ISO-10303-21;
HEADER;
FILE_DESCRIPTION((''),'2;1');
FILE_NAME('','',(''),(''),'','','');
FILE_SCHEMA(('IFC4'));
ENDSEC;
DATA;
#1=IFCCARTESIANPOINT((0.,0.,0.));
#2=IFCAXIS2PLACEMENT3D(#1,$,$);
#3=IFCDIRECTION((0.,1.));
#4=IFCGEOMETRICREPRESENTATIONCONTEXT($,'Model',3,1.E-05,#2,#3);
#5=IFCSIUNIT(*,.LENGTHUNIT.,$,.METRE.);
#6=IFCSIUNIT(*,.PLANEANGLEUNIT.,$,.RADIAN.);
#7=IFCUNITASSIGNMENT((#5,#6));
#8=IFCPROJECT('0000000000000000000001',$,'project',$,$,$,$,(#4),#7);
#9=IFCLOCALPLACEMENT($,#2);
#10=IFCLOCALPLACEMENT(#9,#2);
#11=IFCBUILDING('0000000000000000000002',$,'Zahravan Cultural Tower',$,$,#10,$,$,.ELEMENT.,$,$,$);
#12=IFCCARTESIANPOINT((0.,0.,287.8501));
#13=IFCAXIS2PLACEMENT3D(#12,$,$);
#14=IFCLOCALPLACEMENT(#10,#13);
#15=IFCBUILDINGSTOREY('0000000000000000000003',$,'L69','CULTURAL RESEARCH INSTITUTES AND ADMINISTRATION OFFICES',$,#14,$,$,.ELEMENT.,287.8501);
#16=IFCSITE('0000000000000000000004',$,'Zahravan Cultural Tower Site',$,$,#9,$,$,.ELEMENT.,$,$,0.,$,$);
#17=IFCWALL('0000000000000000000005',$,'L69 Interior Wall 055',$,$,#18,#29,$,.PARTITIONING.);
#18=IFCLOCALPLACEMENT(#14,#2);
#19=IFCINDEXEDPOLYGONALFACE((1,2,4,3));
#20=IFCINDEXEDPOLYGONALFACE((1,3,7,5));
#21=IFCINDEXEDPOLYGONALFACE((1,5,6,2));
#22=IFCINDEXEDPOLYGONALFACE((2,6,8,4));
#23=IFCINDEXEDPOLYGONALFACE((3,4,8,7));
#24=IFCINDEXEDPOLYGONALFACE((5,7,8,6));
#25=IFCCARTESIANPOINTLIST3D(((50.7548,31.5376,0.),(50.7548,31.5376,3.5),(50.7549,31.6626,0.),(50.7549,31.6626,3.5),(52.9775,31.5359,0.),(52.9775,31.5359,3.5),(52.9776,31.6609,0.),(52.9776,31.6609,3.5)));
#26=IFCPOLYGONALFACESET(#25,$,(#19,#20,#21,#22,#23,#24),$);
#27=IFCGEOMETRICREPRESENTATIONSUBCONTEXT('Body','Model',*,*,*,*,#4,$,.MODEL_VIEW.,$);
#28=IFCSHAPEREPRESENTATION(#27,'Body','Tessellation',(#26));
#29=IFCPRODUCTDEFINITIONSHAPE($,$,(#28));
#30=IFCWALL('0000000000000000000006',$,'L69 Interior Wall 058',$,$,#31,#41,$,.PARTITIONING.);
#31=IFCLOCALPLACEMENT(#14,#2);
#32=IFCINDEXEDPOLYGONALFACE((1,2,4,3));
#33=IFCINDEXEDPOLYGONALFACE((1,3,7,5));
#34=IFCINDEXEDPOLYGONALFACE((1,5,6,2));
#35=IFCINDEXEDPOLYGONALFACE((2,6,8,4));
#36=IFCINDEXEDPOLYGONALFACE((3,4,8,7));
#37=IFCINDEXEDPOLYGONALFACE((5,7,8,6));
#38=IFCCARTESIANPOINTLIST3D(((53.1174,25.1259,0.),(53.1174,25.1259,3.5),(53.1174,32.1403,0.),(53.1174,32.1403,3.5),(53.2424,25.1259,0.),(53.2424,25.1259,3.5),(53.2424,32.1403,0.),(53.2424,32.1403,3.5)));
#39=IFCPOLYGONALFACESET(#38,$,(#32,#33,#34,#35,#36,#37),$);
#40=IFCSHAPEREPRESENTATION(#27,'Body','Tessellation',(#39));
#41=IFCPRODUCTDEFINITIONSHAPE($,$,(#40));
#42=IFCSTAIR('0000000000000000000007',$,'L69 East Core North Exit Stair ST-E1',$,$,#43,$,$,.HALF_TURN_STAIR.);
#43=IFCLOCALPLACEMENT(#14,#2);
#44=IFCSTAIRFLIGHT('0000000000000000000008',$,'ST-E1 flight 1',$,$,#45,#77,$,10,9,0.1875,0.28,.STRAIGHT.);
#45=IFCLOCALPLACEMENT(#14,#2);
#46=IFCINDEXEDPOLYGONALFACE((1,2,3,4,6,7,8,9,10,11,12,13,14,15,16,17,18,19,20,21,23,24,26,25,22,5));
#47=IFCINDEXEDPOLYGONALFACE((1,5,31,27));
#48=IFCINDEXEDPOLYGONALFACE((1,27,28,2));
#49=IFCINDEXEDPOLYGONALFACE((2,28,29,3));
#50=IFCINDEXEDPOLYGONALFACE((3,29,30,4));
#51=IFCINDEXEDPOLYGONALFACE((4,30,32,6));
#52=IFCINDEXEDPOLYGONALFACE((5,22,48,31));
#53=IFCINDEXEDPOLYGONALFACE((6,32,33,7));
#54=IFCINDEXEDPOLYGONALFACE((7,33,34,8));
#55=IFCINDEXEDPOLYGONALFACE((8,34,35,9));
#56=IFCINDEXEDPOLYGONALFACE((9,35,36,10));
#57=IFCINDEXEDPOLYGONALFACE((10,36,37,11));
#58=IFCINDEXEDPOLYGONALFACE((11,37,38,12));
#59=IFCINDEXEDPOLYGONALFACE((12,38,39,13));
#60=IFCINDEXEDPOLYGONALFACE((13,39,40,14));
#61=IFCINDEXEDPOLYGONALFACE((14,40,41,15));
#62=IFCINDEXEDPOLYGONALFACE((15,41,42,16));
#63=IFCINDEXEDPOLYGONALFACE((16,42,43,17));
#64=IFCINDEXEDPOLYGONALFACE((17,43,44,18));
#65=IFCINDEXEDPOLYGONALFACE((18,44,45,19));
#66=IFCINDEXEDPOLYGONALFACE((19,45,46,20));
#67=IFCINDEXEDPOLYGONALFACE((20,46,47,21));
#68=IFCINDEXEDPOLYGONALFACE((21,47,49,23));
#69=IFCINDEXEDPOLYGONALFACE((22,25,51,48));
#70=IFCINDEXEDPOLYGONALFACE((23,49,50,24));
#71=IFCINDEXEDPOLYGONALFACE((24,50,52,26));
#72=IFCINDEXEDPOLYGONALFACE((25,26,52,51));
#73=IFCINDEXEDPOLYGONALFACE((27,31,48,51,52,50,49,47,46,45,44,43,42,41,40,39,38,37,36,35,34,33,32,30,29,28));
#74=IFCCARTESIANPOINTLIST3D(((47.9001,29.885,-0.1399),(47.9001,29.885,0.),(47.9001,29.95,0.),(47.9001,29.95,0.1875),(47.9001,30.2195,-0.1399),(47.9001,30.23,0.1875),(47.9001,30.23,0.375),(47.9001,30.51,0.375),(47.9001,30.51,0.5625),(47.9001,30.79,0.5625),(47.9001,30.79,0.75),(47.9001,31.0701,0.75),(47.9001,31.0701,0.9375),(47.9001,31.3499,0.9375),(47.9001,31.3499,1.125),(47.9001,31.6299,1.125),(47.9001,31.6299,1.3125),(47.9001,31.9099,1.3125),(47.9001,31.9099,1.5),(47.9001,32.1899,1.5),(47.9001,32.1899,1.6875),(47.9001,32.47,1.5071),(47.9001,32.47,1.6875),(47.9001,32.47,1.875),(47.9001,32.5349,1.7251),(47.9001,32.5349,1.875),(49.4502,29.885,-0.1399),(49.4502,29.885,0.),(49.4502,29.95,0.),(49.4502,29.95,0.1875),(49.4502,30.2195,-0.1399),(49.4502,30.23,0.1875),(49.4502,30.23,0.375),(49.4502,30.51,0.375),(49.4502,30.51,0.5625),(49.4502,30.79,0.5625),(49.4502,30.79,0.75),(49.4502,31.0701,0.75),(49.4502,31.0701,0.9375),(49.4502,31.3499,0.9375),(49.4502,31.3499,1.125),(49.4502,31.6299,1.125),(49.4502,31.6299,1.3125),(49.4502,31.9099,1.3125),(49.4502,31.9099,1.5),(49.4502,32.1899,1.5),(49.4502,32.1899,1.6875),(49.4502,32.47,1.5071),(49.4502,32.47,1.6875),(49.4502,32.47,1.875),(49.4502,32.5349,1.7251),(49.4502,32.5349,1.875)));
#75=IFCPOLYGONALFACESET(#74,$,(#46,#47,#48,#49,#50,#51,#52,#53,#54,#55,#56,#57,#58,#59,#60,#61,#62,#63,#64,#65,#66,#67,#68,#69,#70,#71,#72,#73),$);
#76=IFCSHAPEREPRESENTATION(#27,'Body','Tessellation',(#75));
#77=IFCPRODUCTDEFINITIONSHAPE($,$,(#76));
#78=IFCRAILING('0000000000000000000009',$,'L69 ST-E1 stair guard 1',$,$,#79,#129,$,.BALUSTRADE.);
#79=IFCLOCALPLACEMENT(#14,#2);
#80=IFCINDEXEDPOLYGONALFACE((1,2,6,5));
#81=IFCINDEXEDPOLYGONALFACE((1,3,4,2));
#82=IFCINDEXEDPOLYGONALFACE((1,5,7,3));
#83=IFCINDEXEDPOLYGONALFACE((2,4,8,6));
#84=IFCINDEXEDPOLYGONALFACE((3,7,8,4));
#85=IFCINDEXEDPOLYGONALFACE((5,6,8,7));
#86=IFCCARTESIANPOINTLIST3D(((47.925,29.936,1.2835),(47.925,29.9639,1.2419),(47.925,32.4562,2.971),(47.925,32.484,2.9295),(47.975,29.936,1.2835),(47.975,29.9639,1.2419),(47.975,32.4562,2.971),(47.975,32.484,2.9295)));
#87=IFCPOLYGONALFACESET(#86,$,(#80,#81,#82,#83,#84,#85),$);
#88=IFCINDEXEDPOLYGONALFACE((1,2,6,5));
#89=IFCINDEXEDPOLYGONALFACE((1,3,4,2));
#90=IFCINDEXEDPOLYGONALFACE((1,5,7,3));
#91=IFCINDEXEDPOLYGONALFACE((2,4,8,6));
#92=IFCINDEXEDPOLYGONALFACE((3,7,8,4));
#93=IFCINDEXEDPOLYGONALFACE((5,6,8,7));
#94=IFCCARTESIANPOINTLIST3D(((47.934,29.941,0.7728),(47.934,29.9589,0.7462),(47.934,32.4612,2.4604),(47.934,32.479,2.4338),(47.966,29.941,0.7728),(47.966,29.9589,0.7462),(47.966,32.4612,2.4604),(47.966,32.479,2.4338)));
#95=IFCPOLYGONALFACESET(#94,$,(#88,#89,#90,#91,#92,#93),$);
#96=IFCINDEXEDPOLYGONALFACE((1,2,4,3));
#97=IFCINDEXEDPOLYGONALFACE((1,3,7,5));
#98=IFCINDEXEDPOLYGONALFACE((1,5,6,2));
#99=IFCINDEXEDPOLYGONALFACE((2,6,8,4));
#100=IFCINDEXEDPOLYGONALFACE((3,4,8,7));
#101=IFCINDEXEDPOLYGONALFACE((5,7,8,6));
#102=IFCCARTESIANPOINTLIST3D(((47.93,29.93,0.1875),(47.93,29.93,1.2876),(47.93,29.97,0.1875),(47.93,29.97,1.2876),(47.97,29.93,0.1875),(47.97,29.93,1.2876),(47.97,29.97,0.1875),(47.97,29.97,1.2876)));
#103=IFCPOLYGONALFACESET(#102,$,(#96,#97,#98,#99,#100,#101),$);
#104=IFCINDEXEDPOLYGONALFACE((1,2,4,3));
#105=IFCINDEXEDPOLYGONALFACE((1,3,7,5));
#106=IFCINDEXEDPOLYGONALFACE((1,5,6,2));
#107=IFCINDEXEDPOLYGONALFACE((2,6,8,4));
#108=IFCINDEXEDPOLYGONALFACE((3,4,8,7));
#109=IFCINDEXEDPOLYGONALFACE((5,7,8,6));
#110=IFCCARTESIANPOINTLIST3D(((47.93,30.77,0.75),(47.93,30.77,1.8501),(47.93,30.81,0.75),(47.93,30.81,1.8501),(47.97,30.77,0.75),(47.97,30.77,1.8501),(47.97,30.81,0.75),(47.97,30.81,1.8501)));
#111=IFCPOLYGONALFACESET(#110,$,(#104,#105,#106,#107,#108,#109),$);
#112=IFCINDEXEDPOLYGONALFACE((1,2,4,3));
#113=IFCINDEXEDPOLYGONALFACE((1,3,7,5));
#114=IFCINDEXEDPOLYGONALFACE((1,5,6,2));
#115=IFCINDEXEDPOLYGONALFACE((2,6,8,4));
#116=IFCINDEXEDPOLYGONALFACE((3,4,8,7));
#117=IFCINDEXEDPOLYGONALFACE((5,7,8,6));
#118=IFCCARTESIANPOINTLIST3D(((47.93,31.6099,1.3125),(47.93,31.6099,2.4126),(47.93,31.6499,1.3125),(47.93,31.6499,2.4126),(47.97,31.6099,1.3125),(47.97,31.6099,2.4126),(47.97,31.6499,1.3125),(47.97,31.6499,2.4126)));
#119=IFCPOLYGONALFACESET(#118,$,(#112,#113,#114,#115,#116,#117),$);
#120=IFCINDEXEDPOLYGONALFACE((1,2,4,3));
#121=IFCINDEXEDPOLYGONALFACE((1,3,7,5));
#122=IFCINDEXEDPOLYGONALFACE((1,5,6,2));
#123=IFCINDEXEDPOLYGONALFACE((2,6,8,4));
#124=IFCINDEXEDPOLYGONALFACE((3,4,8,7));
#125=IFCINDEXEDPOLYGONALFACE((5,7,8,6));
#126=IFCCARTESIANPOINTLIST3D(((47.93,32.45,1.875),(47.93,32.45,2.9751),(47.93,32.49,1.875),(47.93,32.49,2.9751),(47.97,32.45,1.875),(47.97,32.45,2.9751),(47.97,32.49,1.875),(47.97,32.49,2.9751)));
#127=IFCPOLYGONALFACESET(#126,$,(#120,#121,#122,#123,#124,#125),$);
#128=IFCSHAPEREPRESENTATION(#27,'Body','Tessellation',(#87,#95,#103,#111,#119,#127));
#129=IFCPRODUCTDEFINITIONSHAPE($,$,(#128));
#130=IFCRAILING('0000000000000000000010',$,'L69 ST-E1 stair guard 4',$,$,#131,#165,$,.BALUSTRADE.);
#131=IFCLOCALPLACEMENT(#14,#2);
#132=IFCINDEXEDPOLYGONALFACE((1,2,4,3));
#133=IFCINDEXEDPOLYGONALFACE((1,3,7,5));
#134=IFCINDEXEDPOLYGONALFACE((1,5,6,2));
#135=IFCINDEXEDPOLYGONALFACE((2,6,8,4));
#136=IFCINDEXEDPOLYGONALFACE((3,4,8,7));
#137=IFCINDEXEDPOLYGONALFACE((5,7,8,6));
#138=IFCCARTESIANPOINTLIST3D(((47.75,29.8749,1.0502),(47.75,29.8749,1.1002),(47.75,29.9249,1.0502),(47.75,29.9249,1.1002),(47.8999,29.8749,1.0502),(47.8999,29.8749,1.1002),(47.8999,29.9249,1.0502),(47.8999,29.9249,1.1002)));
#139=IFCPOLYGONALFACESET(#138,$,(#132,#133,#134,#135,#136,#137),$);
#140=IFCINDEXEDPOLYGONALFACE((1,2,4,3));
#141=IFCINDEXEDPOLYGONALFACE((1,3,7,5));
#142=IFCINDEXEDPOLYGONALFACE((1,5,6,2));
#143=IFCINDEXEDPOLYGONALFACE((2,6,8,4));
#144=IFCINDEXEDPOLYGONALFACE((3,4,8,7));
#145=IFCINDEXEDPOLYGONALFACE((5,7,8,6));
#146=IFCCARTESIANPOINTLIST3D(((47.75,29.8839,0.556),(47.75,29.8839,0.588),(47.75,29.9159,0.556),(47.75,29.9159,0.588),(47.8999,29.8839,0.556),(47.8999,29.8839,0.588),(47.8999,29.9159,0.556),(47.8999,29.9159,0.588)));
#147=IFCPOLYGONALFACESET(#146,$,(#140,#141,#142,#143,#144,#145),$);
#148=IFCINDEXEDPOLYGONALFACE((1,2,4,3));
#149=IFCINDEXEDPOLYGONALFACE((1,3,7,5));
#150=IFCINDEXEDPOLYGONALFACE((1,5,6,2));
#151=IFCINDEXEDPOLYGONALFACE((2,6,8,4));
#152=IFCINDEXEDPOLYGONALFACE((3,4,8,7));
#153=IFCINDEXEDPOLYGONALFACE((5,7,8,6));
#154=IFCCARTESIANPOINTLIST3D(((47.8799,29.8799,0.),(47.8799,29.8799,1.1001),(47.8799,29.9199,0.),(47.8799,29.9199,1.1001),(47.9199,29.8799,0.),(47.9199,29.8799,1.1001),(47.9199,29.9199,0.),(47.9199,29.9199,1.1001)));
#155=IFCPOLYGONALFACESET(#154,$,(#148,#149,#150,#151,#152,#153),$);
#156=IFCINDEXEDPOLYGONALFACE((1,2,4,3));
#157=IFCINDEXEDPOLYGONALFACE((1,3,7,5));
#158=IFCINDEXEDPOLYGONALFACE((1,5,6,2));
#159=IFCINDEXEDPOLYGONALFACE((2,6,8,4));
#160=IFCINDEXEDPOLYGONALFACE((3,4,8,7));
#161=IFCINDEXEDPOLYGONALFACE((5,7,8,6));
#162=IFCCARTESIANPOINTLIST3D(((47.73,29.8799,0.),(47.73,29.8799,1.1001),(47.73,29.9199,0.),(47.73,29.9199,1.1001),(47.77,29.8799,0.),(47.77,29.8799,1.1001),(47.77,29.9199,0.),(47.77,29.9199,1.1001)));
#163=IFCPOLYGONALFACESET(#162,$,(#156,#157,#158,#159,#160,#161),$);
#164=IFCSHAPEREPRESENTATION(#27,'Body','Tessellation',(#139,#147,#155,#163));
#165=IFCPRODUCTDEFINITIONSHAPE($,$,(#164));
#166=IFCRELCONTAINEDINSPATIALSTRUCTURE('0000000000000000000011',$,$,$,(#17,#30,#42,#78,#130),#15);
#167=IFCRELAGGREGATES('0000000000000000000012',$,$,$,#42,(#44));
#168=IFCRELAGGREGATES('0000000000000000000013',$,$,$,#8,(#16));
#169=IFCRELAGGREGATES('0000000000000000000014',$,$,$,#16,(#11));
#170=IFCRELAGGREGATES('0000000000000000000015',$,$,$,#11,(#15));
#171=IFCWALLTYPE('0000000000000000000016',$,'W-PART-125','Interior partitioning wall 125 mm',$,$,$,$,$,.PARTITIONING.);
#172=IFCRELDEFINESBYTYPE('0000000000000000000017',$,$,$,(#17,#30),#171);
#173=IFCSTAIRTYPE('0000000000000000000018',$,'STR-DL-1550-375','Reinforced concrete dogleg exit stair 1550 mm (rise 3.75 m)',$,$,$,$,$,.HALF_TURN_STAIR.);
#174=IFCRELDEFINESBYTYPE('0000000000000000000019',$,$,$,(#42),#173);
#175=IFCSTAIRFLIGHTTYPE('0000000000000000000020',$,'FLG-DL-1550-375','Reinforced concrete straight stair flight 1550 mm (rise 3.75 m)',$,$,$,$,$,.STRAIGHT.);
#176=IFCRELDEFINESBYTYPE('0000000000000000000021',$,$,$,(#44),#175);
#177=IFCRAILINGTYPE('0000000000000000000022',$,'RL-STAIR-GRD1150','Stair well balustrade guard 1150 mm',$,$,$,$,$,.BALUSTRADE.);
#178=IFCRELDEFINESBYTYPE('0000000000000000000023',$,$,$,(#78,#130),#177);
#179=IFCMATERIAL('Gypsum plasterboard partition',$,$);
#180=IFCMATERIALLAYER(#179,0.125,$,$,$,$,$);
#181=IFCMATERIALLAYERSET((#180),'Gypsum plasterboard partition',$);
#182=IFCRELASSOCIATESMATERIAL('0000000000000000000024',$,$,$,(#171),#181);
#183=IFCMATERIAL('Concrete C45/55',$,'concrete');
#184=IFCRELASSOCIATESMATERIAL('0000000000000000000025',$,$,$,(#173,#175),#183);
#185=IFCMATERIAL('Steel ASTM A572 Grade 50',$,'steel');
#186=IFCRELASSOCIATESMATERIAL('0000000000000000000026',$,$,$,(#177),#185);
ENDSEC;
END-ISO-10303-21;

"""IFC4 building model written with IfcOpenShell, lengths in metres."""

from ifc_helpers import new_model, si_unit, direction, frame, frame_2d, origin, origin_2d, place, context, subcontext, project, spatial, polyline, rectangle, outline, extrude, source, transform, mapped, material, layer, layer_set, type_object, element, aggregate, save


model = new_model("IFC4")

# Units and contexts
model_context = context("Model", 3, precision=1e-05, world=origin(), true_north=direction((0.0, 1.0)))
body_context = subcontext(model_context, "Body", "Model", "MODEL_VIEW")
ifc_project = project(units=[si_unit("LENGTHUNIT", "METRE"), si_unit("PLANEANGLEUNIT", "RADIAN")], contexts=[model_context])

# Site, building, storey
site_placement = place(None, origin())
site = spatial("IfcSite", under=ifc_project, at=site_placement, Name="Zahravan Cultural Tower Site", CompositionType="ELEMENT", RefElevation=0.0)
building_placement = place(site_placement, origin())
building = spatial("IfcBuilding", under=site, at=building_placement, Name="Zahravan Cultural Tower", CompositionType="ELEMENT")
storey_placement = place(building_placement, frame((0.0, 0.0, 287.8501)))
storey = spatial("IfcBuildingStorey", under=building, at=storey_placement, Name="L69", Description="CULTURAL RESEARCH INSTITUTES AND ADMINISTRATION OFFICES", CompositionType="ELEMENT", Elevation=287.8501)

# Walls
ifc_material_1 = material(Name="Concrete C45/55", Category="concrete")
ifc_material_2 = material(Name="Gypsum plasterboard partition")
ifc_layer_1 = layer(ifc_material_2, 0.125)
ifc_layer_set_1 = layer_set([ifc_layer_1], Name="Gypsum plasterboard partition")
wall_type_1 = type_object("IfcWallType", Name="W-PART-125", Description="Interior partitioning wall 125 mm", PredefinedType="PARTITIONING", material=ifc_layer_set_1)
shared_shape_1 = source(origin(), body_context, "Body", "SweptSolid", [
    extrude(rectangle(XDim=2.2227, YDim=0.125, at=frame_2d((1.1113, 0.0))), origin(), (0.0, 0.0, 1.0), 3.5),
])
wall_1_placement = place(storey_placement, frame((52.9775, 31.5984, 0.0), z_axis=(0.0, 0.0, 1.0), x_axis=(-1.0, 0.000769, 0.0)))
element("IfcWall", 1, at=wall_1_placement, inside=storey, type_object=wall_type_1, Name="L69 Interior Wall 055", PredefinedType="PARTITIONING", context=body_context, shape_type="MappedRepresentation", body=[
    mapped(shared_shape_1, transform((0.0, 0.0, 0.0), x_axis=(1.0, 0.0, 0.0), y_axis=(0.0, 1.0, 0.0), z_axis=(0.0, 0.0, 1.0), scale=1.0)),
])
shared_shape_2 = source(origin(), body_context, "Body", "SweptSolid", [
    extrude(rectangle(XDim=7.0144, YDim=0.125, at=frame_2d((3.5073, 0.0))), origin(), (0.0, 0.0, 1.0), 3.5),
])
wall_2_placement = place(storey_placement, frame((53.1799, 32.1404, 0.0), z_axis=(0.0, 0.0, 1.0), x_axis=(0.0, -1.0, 0.0)))
element("IfcWall", 2, at=wall_2_placement, inside=storey, type_object=wall_type_1, Name="L69 Interior Wall 058", PredefinedType="PARTITIONING", context=body_context, shape_type="MappedRepresentation", body=[
    mapped(shared_shape_2, transform((0.0, 0.0, 0.0), x_axis=(1.0, 0.0, 0.0), y_axis=(0.0, 1.0, 0.0), z_axis=(0.0, 0.0, 1.0), scale=1.0)),
])

# Stair, stair flight
stair_type = type_object("IfcStairType", Name="STR-DL-1550-375", Description="Reinforced concrete dogleg exit stair 1550 mm (rise 3.75 m)", PredefinedType="HALF_TURN_STAIR", material=ifc_material_1)
stair_placement = place(storey_placement, origin())
stair = element("IfcStair", 3, at=stair_placement, inside=storey, type_object=stair_type, Name="L69 East Core North Exit Stair ST-E1", PredefinedType="HALF_TURN_STAIR")
stair_flight_type = type_object("IfcStairFlightType", Name="FLG-DL-1550-375", Description="Reinforced concrete straight stair flight 1550 mm (rise 3.75 m)", PredefinedType="STRAIGHT", material=ifc_material_1)
stair_flight_placement = place(storey_placement, frame((48.675, 29.95, 0.0), z_axis=(0.0, 0.0, 1.0), x_axis=(0.0, 1.0, 0.0)))
stair_flight = element("IfcStairFlight", 4, at=stair_flight_placement, type_object=stair_flight_type, Name="ST-E1 flight 1", NumberOfRisers=10, NumberOfTreads=9, PredefinedType="STRAIGHT", RiserHeight=0.1875, TreadLength=0.28, context=body_context, shape_type="SweptSolid", body=[
    extrude(outline(polyline([(-0.0649, -0.1399), (-0.0649, 0.0), (0.0, 0.0), (0.0, 0.1875), (0.28, 0.1875), (0.28, 0.375), (0.5601, 0.375), (0.5601, 0.5625), (0.8401, 0.5625), (0.8401, 0.75), (1.1201, 0.75), (1.1201, 0.9375), (1.3999, 0.9375), (1.3999, 1.125), (1.6799, 1.125), (1.6799, 1.3125), (1.96, 1.3125), (1.96, 1.5), (2.24, 1.5), (2.24, 1.6875), (2.52, 1.6875), (2.52, 1.875), (2.585, 1.875), (2.585, 1.7251), (2.52, 1.5071), (0.2695, -0.1399), (-0.0649, -0.1399)])), frame((0.0, 0.7749, 0.0), z_axis=(0.0, -1.0, 0.0), x_axis=(1.0, 0.0, 0.0)), (0.0, 0.0, 1.0), 1.55),
])
aggregate(stair, [stair_flight])

# Railings
ifc_material_3 = material(Name="Steel ASTM A572 Grade 50", Category="steel")
railing_type_1 = type_object("IfcRailingType", Name="RL-STAIR-GRD1150", Description="Stair well balustrade guard 1150 mm", PredefinedType="BALUSTRADE", material=ifc_material_3)
railing_1_placement = place(storey_placement, frame((47.95, 29.95, 0.1875)))
element("IfcRailing", 5, at=railing_1_placement, inside=storey, type_object=railing_type_1, Name="L69 ST-E1 stair guard 1", PredefinedType="BALUSTRADE", context=body_context, shape_type="SweptSolid", body=[
    extrude(rectangle(XDim=0.05, YDim=0.05, at=origin_2d()), frame((0.0, 0.0, 1.0752), z_axis=(0.0, 0.830909, 0.556408), x_axis=(-1.0, 0.0, 0.0)), (0.0, 0.0, 1.0), 3.033),
    extrude(rectangle(XDim=0.032, YDim=0.032, at=origin_2d()), frame((0.0, 0.0, 0.572), z_axis=(0.0, 0.830909, 0.556408), x_axis=(-1.0, 0.0, 0.0)), (0.0, 0.0, 1.0), 3.033),
    extrude(rectangle(XDim=0.04, YDim=0.04, at=origin_2d()), origin(), (0.0, 0.0, 1.0), 1.1001),
    extrude(rectangle(XDim=0.04, YDim=0.04, at=origin_2d()), frame((0.0, 0.8401, 0.5625)), (0.0, 0.0, 1.0), 1.1001),
    extrude(rectangle(XDim=0.04, YDim=0.04, at=origin_2d()), frame((0.0, 1.6799, 1.125)), (0.0, 0.0, 1.0), 1.1001),
    extrude(rectangle(XDim=0.04, YDim=0.04, at=origin_2d()), frame((0.0, 2.52, 1.6875)), (0.0, 0.0, 1.0), 1.1001),
])
railing_2_placement = place(storey_placement, frame((47.8999, 29.8999, 0.0)))
element("IfcRailing", 6, at=railing_2_placement, inside=storey, type_object=railing_type_1, Name="L69 ST-E1 stair guard 4", PredefinedType="BALUSTRADE", context=body_context, shape_type="SweptSolid", body=[
    extrude(rectangle(XDim=0.05, YDim=0.05, at=origin_2d()), frame((0.0, 0.0, 1.0752), z_axis=(-1.0, 0.0, 0.0), x_axis=(0.0, -1.0, 0.0)), (0.0, 0.0, 1.0), 0.1499),
    extrude(rectangle(XDim=0.032, YDim=0.032, at=origin_2d()), frame((0.0, 0.0, 0.572), z_axis=(-1.0, 0.0, 0.0), x_axis=(0.0, -1.0, 0.0)), (0.0, 0.0, 1.0), 0.1499),
    extrude(rectangle(XDim=0.04, YDim=0.04, at=origin_2d()), origin(), (0.0, 0.0, 1.0), 1.1001),
    extrude(rectangle(XDim=0.04, YDim=0.04, at=origin_2d()), frame((-0.1499, 0.0, 0.0)), (0.0, 0.0, 1.0), 1.1001),
])

save(model, "model.ifc")
